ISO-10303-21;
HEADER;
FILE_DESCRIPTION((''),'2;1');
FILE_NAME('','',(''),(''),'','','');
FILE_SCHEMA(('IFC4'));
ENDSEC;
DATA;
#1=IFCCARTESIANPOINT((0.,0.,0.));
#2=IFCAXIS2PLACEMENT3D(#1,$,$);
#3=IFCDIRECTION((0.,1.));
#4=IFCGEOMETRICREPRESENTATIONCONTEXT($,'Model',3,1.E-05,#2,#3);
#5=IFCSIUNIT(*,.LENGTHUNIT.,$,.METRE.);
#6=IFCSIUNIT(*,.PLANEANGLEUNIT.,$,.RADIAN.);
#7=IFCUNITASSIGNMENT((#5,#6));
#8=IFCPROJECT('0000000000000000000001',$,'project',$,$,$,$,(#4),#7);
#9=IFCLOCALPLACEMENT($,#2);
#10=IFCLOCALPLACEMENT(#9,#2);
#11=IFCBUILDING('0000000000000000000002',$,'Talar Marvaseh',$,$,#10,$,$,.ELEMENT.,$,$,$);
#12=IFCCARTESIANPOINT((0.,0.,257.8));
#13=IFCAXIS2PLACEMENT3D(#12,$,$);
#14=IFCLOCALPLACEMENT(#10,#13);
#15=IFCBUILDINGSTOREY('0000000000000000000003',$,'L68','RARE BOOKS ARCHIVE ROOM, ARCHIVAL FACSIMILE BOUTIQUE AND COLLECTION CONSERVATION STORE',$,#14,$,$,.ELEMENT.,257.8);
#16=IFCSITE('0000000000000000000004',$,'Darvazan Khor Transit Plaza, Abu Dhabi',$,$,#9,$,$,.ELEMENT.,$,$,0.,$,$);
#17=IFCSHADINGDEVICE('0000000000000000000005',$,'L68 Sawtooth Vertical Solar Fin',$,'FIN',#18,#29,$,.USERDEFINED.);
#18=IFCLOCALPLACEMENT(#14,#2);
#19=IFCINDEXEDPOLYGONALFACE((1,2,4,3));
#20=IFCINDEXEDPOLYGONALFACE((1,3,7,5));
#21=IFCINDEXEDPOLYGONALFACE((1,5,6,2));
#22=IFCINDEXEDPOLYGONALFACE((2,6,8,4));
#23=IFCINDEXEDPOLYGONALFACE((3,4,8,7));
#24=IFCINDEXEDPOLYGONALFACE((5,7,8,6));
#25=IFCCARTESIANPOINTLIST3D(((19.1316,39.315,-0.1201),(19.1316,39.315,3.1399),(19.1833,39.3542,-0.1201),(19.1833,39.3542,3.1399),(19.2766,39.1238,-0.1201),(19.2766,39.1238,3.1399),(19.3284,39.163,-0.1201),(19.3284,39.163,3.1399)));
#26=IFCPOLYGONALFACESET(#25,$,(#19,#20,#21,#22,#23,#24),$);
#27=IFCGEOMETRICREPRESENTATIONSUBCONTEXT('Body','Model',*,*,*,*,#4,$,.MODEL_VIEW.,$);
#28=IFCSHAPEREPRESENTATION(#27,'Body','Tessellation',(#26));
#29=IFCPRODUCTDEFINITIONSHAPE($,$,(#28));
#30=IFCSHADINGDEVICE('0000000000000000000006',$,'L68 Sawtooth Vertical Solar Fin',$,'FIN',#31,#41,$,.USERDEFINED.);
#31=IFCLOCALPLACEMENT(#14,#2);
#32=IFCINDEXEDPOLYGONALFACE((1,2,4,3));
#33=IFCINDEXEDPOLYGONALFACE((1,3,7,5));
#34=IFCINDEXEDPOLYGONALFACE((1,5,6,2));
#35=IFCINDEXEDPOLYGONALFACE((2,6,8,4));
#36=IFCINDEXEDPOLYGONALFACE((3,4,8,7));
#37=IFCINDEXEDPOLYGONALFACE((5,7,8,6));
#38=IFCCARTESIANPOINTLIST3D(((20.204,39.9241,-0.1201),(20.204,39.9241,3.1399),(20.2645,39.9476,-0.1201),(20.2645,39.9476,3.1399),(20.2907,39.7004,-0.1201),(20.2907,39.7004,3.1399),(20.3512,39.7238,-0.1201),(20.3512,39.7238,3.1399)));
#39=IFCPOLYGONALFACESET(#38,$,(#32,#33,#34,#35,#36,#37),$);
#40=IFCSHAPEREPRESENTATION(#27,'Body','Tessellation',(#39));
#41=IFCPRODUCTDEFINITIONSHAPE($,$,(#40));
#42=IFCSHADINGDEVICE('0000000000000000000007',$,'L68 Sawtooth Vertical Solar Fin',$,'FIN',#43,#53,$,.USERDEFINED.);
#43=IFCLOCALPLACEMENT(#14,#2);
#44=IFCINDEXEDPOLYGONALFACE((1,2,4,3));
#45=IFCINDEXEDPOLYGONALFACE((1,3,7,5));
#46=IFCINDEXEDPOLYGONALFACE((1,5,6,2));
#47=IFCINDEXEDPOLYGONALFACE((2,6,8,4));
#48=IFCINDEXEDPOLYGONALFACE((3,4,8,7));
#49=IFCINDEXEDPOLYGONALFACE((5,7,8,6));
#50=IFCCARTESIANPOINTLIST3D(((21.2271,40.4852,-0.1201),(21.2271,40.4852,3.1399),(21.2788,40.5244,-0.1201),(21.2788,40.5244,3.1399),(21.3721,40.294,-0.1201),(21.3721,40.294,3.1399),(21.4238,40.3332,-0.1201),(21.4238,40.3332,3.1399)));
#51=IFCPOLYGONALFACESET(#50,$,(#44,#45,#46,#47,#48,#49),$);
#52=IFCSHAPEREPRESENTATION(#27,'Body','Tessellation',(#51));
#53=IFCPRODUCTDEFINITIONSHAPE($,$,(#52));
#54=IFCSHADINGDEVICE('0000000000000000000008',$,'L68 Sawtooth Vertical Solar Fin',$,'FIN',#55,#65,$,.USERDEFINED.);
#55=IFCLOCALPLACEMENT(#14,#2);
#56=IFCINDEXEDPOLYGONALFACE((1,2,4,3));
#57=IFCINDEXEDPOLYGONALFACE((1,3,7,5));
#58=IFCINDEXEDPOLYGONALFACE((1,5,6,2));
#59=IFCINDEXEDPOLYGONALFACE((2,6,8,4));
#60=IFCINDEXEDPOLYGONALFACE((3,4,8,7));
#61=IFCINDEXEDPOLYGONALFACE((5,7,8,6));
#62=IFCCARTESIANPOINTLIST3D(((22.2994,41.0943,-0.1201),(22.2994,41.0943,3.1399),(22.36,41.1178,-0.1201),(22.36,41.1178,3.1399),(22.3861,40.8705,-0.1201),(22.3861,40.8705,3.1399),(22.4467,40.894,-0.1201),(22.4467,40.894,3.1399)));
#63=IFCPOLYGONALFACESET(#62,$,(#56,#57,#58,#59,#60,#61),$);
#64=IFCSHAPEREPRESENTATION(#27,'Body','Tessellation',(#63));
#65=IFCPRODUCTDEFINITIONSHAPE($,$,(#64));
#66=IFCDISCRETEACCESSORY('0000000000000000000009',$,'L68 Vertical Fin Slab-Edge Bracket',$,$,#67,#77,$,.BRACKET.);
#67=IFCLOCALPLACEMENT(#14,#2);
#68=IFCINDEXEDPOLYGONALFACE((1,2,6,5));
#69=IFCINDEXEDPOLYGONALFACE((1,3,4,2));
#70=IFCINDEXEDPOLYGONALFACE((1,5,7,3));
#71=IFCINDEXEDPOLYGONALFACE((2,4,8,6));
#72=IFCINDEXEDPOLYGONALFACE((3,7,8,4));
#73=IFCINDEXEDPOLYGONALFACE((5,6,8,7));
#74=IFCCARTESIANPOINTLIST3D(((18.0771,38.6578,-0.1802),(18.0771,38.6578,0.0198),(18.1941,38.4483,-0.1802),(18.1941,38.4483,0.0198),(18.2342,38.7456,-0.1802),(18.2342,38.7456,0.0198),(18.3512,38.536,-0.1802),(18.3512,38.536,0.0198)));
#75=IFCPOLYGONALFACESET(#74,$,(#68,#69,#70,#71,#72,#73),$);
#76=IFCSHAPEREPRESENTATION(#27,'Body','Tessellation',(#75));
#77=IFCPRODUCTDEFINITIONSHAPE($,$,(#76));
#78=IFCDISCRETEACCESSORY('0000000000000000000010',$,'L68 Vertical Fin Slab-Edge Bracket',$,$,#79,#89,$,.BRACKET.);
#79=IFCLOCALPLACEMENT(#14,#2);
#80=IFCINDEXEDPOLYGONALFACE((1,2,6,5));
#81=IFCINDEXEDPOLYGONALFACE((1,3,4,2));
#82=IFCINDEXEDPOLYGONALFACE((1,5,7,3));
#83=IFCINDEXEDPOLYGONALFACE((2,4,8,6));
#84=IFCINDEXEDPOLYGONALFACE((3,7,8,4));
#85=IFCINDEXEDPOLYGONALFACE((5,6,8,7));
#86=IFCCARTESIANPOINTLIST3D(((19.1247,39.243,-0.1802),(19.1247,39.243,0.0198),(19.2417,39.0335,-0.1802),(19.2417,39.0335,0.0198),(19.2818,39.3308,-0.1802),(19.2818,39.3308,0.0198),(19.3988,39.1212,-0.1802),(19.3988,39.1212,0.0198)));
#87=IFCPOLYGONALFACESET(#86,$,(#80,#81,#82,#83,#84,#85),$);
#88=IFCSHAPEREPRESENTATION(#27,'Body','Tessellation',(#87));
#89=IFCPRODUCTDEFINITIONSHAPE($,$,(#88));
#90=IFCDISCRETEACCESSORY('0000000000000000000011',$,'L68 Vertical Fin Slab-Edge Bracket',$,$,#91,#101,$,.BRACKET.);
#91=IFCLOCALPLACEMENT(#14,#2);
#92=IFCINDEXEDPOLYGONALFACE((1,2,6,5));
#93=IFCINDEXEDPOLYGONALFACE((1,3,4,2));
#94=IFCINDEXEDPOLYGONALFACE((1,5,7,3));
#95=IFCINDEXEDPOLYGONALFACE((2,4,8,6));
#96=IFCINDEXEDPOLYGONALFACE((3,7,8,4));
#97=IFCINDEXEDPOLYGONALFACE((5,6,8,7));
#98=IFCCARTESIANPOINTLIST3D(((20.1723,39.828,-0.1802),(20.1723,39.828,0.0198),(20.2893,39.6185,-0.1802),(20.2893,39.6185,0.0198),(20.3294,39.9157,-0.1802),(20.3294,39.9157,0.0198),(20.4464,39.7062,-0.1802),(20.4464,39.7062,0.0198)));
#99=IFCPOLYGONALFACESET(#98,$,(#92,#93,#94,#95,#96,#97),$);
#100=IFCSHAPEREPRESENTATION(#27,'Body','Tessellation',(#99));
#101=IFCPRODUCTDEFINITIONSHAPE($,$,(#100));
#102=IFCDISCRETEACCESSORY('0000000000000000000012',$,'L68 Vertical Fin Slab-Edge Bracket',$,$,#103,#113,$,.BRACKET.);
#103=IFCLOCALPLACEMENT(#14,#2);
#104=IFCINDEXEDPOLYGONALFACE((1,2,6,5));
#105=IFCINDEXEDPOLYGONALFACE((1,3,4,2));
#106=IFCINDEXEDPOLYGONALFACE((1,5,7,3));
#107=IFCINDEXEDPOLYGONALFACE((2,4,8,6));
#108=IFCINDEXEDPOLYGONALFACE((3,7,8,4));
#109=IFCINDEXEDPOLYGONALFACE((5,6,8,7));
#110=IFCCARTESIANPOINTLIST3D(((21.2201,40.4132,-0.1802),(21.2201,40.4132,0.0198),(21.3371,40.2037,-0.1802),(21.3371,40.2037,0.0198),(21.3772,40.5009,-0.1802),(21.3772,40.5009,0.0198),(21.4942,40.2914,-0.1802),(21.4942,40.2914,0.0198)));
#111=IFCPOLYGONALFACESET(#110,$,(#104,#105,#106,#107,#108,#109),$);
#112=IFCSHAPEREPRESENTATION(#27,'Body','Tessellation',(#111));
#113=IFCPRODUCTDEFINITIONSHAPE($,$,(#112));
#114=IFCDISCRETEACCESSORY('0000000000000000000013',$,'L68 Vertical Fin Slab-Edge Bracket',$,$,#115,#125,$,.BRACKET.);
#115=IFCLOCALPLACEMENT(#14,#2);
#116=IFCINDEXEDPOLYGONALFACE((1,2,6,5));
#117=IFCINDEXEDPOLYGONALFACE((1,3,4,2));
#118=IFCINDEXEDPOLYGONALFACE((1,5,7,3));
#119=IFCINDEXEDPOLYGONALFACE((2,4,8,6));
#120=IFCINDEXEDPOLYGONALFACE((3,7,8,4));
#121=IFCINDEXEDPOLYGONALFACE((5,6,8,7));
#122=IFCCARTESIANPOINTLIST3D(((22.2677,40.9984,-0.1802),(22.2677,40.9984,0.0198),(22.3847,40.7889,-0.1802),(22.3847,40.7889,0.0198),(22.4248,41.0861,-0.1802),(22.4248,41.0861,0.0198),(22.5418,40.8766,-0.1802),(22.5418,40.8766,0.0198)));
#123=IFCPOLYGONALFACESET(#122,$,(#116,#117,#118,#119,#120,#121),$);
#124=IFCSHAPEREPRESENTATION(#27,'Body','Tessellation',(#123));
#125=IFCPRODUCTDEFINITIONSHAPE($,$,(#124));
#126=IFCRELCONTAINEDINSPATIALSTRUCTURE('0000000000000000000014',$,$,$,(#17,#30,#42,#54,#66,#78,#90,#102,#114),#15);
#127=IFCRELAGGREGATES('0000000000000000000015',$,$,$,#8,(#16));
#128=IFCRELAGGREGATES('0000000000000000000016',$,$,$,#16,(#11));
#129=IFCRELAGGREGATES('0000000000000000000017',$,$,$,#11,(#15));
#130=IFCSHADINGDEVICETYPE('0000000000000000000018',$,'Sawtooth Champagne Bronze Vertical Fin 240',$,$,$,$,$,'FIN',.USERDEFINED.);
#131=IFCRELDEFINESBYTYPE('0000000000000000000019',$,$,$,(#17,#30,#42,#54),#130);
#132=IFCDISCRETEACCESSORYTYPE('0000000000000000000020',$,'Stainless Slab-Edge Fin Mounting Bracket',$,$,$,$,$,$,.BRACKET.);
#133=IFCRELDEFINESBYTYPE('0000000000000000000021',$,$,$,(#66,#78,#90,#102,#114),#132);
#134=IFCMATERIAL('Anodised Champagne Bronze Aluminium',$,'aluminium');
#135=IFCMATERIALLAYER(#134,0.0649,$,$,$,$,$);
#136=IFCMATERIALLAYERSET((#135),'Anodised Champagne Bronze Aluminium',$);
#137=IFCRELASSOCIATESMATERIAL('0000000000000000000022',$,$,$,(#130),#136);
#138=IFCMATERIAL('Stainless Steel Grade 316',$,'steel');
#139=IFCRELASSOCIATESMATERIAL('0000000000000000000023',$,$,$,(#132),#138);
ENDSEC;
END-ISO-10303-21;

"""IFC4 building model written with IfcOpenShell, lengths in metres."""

from ifc_helpers import new_model, si_unit, direction, frame, origin, origin_2d, place, context, subcontext, project, spatial, rectangle, extrude, source, transform, mapped, material, layer, layer_set, type_object, type_shapes, element, save


model = new_model("IFC4")

# Units and contexts
model_context = context("Model", 3, precision=1e-05, world=origin(), true_north=direction((0.0, 1.0)))
body_context = subcontext(model_context, "Body", "Model", "MODEL_VIEW")
ifc_project = project(units=[si_unit("LENGTHUNIT", "METRE"), si_unit("PLANEANGLEUNIT", "RADIAN")], contexts=[model_context])

# Site, building, storey
site_placement = place(None, origin())
site = spatial("IfcSite", under=ifc_project, at=site_placement, Name="Darvazan Khor Transit Plaza, Abu Dhabi", CompositionType="ELEMENT", RefElevation=0.0)
building_placement = place(site_placement, origin())
building = spatial("IfcBuilding", under=site, at=building_placement, Name="Talar Marvaseh", CompositionType="ELEMENT")
storey_placement = place(building_placement, frame((0.0, 0.0, 257.8)))
storey = spatial("IfcBuildingStorey", under=building, at=storey_placement, Name="L68", Description="RARE BOOKS ARCHIVE ROOM, ARCHIVAL FACSIMILE BOUTIQUE AND COLLECTION CONSERVATION STORE", CompositionType="ELEMENT", Elevation=257.8)

# Shading devices
ifc_material_1 = material(Name="Anodised Champagne Bronze Aluminium", Category="aluminium")
ifc_layer_1 = layer(ifc_material_1, 0.0649)
ifc_layer_set_1 = layer_set([ifc_layer_1], Name="Anodised Champagne Bronze Aluminium")
shading_device_type = type_object("IfcShadingDeviceType", Name="Sawtooth Champagne Bronze Vertical Fin 240", ElementType="FIN", PredefinedType="USERDEFINED", material=ifc_layer_set_1)
shared_shape_1 = source(origin(), body_context, "Body", "SweptSolid", [
    extrude(rectangle(XDim=0.24, YDim=0.0649, at=origin_2d()), origin(), (0.0, 0.0, 1.0), 3.26),
])
type_shapes(shading_device_type, [shared_shape_1])
for number, where, z_axis, x_axis, name in (
    (1, (19.23, 39.239, -0.1201), (0.0, 0.0, 1.0), (-0.604321, 0.796741, 0.0), "L68 Sawtooth Vertical Solar Fin"),
    (2, (20.2776, 39.824, -0.1201), (0.0, 0.0, 1.0), (-0.361299, 0.93245, 0.0), "L68 Sawtooth Vertical Solar Fin"),
    (3, (21.3254, 40.4092, -0.1201), (0.0, 0.0, 1.0), (-0.604321, 0.796741, 0.0), "L68 Sawtooth Vertical Solar Fin"),
    (4, (22.373, 40.9941, -0.1201), (0.0, 0.0, 1.0), (-0.361299, 0.93245, 0.0), "L68 Sawtooth Vertical Solar Fin"),
):
    element("IfcShadingDevice", number, at=place(storey_placement, frame(where, z_axis=z_axis, x_axis=x_axis)), inside=storey, type_object=shading_device_type, Name=name, ObjectType="FIN", PredefinedType="USERDEFINED", context=body_context, shape_type="MappedRepresentation", body=[
        mapped(shared_shape_1, transform((0.0, 0.0, 0.0), x_axis=(1.0, 0.0, 0.0), y_axis=(0.0, 1.0, 0.0), z_axis=(0.0, 0.0, 1.0), scale=1.0)),
    ])

# Discrete accessories
ifc_material_2 = material(Name="Stainless Steel Grade 316", Category="steel")
discrete_accessory_type = type_object("IfcDiscreteAccessoryType", Name="Stainless Slab-Edge Fin Mounting Bracket", PredefinedType="BRACKET", material=ifc_material_2)
shared_shape_2 = source(origin(), body_context, "Body", "SweptSolid", [
    extrude(rectangle(XDim=0.24, YDim=0.1799, at=origin_2d()), origin(), (0.0, 0.0, 1.0), 0.2),
])
type_shapes(discrete_accessory_type, [shared_shape_2])
for number, where, z_axis, x_axis, name in (
    (5, (18.2141, 38.5969, -0.1802), (0.0, 0.0, 1.0), (-0.487555, 0.873092, 0.0), "L68 Vertical Fin Slab-Edge Bracket"),
    (6, (19.2617, 39.1821, -0.1802), (0.0, 0.0, 1.0), (-0.487555, 0.873092, 0.0), "L68 Vertical Fin Slab-Edge Bracket"),
    (7, (20.3093, 39.7671, -0.1802), (0.0, 0.0, 1.0), (-0.487555, 0.873092, 0.0), "L68 Vertical Fin Slab-Edge Bracket"),
    (8, (21.3572, 40.3523, -0.1802), (0.0, 0.0, 1.0), (-0.487555, 0.873092, 0.0), "L68 Vertical Fin Slab-Edge Bracket"),
    (9, (22.4048, 40.9375, -0.1802), (0.0, 0.0, 1.0), (-0.487555, 0.873092, 0.0), "L68 Vertical Fin Slab-Edge Bracket"),
):
    element("IfcDiscreteAccessory", number, at=place(storey_placement, frame(where, z_axis=z_axis, x_axis=x_axis)), inside=storey, type_object=discrete_accessory_type, Name=name, PredefinedType="BRACKET", context=body_context, shape_type="MappedRepresentation", body=[
        mapped(shared_shape_2, transform((0.0, 0.0, 0.0), x_axis=(1.0, 0.0, 0.0), y_axis=(0.0, 1.0, 0.0), z_axis=(0.0, 0.0, 1.0), scale=1.0)),
    ])

save(model, "model.ifc")
